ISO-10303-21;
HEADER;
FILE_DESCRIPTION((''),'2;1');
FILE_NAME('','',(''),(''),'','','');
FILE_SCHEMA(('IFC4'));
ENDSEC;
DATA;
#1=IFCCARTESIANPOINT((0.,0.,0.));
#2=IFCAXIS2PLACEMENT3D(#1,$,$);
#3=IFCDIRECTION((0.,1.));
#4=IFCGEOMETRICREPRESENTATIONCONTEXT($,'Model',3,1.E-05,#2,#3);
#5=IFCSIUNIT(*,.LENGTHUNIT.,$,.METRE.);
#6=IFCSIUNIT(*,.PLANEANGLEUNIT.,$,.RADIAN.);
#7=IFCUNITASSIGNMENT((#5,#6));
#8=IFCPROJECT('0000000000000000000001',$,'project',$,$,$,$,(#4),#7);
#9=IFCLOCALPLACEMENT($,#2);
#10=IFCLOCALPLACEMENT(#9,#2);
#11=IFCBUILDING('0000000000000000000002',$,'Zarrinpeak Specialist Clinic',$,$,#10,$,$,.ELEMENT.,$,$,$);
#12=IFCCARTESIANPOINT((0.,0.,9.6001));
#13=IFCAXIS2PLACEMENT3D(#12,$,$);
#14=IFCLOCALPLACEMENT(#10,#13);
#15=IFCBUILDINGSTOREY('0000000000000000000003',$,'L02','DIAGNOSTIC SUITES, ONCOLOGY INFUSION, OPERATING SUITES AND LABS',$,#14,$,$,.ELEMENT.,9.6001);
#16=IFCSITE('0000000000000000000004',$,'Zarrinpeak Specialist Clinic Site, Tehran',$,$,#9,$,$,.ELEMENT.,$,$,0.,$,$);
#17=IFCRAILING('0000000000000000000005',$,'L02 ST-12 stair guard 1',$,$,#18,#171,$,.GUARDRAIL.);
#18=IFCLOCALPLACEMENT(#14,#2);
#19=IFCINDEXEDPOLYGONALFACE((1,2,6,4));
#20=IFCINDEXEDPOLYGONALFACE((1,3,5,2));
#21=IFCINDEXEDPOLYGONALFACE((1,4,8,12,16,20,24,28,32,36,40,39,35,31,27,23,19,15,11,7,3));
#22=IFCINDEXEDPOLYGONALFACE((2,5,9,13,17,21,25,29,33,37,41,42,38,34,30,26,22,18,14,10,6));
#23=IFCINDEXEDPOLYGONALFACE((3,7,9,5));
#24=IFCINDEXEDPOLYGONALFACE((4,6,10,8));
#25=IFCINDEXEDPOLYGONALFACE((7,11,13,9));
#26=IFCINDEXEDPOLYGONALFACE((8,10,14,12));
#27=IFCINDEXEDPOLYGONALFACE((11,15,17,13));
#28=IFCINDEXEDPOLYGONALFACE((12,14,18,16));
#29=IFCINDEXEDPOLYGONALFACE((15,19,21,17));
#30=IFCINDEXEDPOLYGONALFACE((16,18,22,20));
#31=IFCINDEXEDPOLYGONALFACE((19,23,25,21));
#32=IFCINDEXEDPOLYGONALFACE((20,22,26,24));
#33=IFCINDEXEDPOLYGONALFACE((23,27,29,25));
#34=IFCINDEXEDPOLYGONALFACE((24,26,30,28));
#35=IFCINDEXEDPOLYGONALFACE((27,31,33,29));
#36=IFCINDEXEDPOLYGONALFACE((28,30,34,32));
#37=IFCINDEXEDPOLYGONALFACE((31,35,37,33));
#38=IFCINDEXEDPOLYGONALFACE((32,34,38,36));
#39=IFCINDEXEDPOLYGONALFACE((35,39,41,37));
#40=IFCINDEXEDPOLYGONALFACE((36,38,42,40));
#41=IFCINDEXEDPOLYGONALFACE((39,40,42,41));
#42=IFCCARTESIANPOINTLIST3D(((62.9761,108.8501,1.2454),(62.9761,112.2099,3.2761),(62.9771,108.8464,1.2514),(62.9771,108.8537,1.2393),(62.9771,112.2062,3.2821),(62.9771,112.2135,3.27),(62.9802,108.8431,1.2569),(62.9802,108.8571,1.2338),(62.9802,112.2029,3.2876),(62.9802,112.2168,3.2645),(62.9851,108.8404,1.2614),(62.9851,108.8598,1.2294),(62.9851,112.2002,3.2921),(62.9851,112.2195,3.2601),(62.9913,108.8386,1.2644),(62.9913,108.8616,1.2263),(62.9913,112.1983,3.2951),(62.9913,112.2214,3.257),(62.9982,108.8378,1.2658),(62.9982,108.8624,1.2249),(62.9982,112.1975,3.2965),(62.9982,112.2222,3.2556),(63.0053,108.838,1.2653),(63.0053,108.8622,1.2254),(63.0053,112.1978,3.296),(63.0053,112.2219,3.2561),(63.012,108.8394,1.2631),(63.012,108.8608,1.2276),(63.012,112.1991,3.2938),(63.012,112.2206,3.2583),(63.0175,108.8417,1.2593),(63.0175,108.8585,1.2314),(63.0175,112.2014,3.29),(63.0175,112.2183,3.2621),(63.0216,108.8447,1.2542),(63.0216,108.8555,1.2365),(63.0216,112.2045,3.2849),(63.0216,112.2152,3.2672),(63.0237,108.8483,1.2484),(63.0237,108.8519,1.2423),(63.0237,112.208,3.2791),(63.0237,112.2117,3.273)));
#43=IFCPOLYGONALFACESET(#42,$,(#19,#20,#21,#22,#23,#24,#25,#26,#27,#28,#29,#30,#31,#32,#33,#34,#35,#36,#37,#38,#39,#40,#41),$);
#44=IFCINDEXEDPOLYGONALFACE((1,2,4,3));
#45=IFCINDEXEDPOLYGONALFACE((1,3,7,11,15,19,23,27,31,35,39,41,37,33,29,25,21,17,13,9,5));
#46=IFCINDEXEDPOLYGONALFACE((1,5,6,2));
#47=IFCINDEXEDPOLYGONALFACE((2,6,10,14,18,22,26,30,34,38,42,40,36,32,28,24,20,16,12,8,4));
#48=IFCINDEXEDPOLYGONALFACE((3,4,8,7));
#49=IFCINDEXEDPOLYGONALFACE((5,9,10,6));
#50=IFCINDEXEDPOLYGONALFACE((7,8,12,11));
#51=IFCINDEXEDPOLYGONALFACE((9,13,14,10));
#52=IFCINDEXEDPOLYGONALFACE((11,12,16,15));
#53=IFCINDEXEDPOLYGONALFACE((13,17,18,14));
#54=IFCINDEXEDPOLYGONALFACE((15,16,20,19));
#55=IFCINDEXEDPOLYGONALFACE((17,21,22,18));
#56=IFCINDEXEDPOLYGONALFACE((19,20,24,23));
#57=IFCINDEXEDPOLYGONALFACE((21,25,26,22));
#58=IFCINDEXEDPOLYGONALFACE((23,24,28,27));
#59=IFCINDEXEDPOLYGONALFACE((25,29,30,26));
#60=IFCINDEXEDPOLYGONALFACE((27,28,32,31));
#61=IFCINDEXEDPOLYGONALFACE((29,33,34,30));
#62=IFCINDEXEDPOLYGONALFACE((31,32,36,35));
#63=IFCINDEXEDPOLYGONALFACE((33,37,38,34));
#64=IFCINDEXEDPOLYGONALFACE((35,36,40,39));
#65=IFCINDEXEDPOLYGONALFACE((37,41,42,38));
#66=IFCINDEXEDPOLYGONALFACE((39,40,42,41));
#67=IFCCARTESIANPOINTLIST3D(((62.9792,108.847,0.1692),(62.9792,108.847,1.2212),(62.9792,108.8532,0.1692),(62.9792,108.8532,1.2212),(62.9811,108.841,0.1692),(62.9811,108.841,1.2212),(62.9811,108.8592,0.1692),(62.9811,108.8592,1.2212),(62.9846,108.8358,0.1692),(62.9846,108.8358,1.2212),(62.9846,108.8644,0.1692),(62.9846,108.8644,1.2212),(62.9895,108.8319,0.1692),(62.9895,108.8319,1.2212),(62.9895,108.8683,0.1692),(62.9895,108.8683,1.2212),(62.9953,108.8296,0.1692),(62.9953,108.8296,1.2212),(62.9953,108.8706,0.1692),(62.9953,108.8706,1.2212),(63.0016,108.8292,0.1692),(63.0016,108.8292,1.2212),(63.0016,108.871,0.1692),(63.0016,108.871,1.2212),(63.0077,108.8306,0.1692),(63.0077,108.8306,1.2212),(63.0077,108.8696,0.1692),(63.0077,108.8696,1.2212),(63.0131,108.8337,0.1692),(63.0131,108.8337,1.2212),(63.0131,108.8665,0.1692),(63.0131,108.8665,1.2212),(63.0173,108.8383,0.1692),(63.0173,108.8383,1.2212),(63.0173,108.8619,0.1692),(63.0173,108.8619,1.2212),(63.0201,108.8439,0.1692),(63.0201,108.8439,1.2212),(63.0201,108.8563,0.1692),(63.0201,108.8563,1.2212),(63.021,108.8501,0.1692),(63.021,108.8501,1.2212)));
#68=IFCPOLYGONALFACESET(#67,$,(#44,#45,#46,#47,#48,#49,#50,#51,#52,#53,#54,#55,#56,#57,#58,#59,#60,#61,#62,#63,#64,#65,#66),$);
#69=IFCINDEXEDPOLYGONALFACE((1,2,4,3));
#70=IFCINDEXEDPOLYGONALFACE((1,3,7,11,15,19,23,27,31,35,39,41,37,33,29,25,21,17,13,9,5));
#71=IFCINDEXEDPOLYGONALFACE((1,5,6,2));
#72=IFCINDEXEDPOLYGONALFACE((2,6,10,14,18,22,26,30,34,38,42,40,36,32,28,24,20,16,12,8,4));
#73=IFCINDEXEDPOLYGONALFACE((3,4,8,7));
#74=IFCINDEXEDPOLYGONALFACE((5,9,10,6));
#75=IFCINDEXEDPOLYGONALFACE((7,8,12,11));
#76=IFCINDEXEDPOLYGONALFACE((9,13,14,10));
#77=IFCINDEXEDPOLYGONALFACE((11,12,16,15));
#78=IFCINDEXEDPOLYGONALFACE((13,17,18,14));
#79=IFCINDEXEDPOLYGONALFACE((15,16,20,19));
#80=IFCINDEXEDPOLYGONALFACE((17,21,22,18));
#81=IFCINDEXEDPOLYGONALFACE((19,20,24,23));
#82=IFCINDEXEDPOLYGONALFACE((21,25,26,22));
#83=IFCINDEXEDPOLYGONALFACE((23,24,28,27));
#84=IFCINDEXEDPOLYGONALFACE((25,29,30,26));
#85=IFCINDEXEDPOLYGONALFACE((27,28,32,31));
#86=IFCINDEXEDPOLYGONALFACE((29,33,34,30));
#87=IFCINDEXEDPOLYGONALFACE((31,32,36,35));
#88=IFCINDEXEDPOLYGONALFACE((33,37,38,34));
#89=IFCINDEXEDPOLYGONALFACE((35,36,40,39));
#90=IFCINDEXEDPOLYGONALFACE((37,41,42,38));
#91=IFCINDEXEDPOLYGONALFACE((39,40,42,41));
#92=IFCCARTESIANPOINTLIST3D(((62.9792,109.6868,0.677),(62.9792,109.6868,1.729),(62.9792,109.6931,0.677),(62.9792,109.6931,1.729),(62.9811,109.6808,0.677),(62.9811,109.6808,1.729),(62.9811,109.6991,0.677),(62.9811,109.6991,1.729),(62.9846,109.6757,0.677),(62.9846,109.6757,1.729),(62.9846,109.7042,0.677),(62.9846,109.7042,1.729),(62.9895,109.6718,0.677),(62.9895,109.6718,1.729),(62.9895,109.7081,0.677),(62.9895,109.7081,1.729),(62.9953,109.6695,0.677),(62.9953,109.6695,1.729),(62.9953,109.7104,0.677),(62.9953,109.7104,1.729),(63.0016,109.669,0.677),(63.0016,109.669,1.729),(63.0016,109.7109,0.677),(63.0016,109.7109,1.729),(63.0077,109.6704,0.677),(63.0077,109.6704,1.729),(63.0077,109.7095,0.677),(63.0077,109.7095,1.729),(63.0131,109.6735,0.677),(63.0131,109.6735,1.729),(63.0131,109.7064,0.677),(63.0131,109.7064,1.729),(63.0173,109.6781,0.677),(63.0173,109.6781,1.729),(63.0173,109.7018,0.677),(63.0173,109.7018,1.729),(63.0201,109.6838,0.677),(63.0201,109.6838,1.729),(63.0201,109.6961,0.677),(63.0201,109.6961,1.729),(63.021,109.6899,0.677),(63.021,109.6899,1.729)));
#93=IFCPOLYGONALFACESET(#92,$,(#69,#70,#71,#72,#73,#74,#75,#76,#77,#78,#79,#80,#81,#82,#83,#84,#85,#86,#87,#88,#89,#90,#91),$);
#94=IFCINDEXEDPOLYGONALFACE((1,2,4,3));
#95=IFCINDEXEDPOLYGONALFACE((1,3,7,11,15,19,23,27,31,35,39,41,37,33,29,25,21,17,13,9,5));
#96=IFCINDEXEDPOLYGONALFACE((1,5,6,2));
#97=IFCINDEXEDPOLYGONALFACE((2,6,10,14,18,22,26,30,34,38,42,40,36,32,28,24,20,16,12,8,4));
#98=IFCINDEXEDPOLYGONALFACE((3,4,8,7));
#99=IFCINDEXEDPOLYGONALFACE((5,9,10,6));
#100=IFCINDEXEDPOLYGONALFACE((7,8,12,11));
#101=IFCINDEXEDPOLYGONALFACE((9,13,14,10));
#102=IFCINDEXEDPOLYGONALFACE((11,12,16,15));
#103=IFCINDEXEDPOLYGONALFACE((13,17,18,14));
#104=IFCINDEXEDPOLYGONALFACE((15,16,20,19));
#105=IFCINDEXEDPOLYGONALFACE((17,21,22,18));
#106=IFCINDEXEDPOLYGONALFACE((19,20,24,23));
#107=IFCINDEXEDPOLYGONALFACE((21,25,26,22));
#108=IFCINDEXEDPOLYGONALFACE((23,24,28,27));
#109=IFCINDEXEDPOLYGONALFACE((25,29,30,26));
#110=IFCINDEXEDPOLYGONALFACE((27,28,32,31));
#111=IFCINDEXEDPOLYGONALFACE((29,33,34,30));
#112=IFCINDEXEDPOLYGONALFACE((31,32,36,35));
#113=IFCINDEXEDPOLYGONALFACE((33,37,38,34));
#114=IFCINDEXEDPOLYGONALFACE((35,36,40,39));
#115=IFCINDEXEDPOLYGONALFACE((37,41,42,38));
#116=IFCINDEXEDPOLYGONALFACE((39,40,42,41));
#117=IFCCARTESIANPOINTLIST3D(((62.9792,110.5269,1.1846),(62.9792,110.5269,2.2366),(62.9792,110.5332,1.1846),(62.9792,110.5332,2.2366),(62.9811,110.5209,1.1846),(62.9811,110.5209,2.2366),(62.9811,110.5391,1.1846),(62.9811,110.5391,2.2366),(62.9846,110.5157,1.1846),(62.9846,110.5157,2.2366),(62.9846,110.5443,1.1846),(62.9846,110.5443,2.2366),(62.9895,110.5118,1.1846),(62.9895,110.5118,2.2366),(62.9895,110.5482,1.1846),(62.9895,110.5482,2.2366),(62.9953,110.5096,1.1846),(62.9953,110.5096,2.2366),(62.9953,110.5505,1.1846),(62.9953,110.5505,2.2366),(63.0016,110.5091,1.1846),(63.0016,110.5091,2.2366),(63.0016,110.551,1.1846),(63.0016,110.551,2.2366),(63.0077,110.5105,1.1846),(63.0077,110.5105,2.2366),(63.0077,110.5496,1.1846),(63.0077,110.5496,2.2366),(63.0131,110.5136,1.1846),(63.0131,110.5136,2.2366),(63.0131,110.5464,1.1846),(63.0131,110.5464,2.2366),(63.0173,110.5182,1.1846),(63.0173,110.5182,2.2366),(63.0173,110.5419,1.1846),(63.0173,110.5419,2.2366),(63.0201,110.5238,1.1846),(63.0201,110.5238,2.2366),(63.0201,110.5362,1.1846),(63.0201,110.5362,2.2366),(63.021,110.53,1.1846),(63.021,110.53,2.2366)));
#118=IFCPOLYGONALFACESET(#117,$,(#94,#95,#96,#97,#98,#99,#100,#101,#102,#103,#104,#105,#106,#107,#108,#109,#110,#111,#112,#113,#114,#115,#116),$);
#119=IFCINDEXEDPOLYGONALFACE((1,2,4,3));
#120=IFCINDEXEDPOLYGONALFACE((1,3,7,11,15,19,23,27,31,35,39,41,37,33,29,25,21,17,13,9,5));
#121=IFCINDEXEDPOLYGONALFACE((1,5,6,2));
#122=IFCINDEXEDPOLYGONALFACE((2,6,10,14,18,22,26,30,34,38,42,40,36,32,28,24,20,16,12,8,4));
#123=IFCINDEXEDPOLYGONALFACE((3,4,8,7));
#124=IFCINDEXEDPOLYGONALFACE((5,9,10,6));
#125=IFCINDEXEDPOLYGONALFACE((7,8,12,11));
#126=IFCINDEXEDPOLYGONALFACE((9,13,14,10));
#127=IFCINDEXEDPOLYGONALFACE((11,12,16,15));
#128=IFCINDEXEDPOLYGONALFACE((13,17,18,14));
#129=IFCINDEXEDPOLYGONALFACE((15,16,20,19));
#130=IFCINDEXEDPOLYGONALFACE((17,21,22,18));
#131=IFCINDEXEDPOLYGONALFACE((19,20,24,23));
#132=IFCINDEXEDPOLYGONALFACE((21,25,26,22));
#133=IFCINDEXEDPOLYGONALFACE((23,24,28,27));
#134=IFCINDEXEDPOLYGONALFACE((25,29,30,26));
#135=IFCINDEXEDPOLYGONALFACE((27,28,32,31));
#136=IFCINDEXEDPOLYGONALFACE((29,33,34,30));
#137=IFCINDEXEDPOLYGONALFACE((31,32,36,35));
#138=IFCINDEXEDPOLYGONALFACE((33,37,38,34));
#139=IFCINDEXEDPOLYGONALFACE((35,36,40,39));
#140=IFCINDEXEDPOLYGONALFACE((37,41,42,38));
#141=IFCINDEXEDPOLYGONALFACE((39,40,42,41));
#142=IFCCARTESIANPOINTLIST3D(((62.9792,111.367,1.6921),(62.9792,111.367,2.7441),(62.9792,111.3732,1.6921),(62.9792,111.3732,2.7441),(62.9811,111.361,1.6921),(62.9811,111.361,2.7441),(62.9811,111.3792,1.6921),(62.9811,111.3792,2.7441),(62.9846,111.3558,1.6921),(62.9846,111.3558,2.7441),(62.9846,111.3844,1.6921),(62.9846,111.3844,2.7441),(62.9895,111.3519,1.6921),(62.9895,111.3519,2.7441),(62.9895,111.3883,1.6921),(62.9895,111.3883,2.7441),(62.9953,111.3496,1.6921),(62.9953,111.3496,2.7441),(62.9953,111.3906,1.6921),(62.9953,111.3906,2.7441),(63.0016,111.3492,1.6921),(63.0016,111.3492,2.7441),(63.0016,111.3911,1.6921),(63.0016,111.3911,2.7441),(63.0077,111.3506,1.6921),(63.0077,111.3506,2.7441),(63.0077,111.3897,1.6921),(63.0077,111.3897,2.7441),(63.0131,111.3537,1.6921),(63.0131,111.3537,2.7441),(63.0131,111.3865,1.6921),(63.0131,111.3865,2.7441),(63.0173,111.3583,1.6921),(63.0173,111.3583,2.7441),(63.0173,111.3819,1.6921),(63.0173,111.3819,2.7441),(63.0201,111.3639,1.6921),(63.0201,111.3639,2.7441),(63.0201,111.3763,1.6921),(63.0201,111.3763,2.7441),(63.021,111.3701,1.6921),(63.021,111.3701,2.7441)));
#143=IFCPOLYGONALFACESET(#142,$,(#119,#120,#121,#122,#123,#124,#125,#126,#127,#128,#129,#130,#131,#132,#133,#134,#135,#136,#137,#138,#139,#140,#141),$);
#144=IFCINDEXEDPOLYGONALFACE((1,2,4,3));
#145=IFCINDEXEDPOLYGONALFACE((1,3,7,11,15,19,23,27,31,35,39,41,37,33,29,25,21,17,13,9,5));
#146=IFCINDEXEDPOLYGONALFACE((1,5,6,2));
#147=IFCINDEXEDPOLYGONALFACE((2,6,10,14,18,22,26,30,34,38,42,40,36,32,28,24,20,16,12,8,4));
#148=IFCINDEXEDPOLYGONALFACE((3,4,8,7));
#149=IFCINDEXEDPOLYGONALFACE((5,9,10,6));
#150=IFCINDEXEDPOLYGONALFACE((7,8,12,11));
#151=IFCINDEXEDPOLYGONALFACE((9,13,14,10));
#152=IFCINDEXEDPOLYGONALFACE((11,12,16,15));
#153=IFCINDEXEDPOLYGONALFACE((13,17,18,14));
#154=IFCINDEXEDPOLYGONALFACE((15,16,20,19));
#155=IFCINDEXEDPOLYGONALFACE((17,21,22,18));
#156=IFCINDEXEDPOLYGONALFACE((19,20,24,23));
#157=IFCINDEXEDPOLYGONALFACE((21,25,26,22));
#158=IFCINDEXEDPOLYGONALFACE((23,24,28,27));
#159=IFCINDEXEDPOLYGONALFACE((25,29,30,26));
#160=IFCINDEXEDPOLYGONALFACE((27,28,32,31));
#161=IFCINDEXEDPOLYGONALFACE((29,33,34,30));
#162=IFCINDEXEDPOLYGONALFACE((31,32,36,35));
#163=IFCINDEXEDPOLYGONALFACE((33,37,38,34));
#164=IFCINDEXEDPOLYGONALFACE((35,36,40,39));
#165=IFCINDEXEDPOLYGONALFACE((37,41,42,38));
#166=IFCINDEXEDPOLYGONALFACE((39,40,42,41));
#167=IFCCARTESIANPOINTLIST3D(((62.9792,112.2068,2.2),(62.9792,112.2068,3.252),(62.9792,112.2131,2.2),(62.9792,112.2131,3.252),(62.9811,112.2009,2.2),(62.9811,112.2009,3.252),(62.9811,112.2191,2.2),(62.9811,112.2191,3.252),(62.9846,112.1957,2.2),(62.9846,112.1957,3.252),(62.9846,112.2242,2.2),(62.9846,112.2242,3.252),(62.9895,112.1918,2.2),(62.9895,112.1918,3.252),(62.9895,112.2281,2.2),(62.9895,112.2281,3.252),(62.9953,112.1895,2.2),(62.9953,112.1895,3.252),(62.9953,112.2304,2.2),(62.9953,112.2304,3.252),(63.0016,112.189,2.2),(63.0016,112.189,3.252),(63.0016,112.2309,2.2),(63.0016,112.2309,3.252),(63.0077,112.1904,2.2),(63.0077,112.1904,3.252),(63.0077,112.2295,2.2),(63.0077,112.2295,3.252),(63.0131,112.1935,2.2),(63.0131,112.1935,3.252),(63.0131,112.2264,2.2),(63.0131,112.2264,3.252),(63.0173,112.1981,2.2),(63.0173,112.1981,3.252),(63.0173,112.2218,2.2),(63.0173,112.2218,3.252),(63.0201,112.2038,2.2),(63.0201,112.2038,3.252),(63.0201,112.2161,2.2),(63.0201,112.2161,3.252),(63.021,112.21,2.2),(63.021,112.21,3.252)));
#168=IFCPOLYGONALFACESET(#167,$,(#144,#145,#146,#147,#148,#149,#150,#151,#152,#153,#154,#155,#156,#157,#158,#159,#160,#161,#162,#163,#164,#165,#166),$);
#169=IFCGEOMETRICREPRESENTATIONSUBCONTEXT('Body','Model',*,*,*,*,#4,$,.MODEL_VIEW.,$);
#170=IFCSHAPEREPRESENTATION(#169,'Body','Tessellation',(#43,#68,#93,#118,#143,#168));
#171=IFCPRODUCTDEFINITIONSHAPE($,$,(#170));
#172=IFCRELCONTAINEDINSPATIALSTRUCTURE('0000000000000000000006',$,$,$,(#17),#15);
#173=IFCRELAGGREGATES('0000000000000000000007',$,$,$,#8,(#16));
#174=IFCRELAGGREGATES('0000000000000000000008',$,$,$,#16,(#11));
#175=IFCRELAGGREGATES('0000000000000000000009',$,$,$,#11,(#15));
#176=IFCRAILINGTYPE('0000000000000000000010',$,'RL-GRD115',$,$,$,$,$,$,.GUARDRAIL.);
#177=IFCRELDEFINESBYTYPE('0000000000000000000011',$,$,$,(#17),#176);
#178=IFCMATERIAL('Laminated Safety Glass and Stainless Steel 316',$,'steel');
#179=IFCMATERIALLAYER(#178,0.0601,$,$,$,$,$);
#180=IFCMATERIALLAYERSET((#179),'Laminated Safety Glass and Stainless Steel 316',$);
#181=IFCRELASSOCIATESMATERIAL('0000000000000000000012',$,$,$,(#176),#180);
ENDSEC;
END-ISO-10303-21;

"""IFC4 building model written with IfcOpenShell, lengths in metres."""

from ifc_helpers import new_model, si_unit, direction, frame, origin, origin_2d, place, context, subcontext, project, spatial, circle, extrude, material, layer, layer_set, type_object, element, save


model = new_model("IFC4")

# Units and contexts
model_context = context("Model", 3, precision=1e-05, world=origin(), true_north=direction((0.0, 1.0)))
body_context = subcontext(model_context, "Body", "Model", "MODEL_VIEW")
ifc_project = project(units=[si_unit("LENGTHUNIT", "METRE"), si_unit("PLANEANGLEUNIT", "RADIAN")], contexts=[model_context])

# Site, building, storey
site_placement = place(None, origin())
site = spatial("IfcSite", under=ifc_project, at=site_placement, Name="Zarrinpeak Specialist Clinic Site, Tehran", CompositionType="ELEMENT", RefElevation=0.0)
building_placement = place(site_placement, origin())
building = spatial("IfcBuilding", under=site, at=building_placement, Name="Zarrinpeak Specialist Clinic", CompositionType="ELEMENT")
storey_placement = place(building_placement, frame((0.0, 0.0, 9.6001)))
storey = spatial("IfcBuildingStorey", under=building, at=storey_placement, Name="L02", Description="DIAGNOSTIC SUITES, ONCOLOGY INFUSION, OPERATING SUITES AND LABS", CompositionType="ELEMENT", Elevation=9.6001)

# Railing
ifc_material_1 = material(Name="Laminated Safety Glass and Stainless Steel 316", Category="steel")
ifc_layer_1 = layer(ifc_material_1, 0.0601)
ifc_layer_set_1 = layer_set([ifc_layer_1], Name="Laminated Safety Glass and Stainless Steel 316")
railing_type_1 = type_object("IfcRailingType", Name="RL-GRD115", PredefinedType="GUARDRAIL", material=ifc_layer_set_1)
railing_1_placement = place(storey_placement, frame((63.0, 108.8501, 0.1692)))
element("IfcRailing", 1, at=railing_1_placement, inside=storey, type_object=railing_type_1, Name="L02 ST-12 stair guard 1", PredefinedType="GUARDRAIL", context=body_context, shape_type="SweptSolid", body=[
    extrude(circle(Radius=0.0239, at=origin_2d()), frame((0.0, 0.0, 1.0762), z_axis=(0.0, 0.85582, 0.517273), x_axis=(-1.0, 0.0, 0.0)), (0.0, 0.0, 1.0), 3.9258),
    extrude(circle(Radius=0.021, at=origin_2d()), origin(), (0.0, 0.0, 1.0), 1.052),
    extrude(circle(Radius=0.021, at=origin_2d()), frame((0.0, 0.8398, 0.5078)), (0.0, 0.0, 1.0), 1.052),
    extrude(circle(Radius=0.021, at=origin_2d()), frame((0.0, 1.6799, 1.0154)), (0.0, 0.0, 1.0), 1.052),
    extrude(circle(Radius=0.021, at=origin_2d()), frame((0.0, 2.52, 1.5229)), (0.0, 0.0, 1.0), 1.052),
    extrude(circle(Radius=0.021, at=origin_2d()), frame((0.0, 3.3599, 2.0308)), (0.0, 0.0, 1.0), 1.052),
])

save(model, "model.ifc")
